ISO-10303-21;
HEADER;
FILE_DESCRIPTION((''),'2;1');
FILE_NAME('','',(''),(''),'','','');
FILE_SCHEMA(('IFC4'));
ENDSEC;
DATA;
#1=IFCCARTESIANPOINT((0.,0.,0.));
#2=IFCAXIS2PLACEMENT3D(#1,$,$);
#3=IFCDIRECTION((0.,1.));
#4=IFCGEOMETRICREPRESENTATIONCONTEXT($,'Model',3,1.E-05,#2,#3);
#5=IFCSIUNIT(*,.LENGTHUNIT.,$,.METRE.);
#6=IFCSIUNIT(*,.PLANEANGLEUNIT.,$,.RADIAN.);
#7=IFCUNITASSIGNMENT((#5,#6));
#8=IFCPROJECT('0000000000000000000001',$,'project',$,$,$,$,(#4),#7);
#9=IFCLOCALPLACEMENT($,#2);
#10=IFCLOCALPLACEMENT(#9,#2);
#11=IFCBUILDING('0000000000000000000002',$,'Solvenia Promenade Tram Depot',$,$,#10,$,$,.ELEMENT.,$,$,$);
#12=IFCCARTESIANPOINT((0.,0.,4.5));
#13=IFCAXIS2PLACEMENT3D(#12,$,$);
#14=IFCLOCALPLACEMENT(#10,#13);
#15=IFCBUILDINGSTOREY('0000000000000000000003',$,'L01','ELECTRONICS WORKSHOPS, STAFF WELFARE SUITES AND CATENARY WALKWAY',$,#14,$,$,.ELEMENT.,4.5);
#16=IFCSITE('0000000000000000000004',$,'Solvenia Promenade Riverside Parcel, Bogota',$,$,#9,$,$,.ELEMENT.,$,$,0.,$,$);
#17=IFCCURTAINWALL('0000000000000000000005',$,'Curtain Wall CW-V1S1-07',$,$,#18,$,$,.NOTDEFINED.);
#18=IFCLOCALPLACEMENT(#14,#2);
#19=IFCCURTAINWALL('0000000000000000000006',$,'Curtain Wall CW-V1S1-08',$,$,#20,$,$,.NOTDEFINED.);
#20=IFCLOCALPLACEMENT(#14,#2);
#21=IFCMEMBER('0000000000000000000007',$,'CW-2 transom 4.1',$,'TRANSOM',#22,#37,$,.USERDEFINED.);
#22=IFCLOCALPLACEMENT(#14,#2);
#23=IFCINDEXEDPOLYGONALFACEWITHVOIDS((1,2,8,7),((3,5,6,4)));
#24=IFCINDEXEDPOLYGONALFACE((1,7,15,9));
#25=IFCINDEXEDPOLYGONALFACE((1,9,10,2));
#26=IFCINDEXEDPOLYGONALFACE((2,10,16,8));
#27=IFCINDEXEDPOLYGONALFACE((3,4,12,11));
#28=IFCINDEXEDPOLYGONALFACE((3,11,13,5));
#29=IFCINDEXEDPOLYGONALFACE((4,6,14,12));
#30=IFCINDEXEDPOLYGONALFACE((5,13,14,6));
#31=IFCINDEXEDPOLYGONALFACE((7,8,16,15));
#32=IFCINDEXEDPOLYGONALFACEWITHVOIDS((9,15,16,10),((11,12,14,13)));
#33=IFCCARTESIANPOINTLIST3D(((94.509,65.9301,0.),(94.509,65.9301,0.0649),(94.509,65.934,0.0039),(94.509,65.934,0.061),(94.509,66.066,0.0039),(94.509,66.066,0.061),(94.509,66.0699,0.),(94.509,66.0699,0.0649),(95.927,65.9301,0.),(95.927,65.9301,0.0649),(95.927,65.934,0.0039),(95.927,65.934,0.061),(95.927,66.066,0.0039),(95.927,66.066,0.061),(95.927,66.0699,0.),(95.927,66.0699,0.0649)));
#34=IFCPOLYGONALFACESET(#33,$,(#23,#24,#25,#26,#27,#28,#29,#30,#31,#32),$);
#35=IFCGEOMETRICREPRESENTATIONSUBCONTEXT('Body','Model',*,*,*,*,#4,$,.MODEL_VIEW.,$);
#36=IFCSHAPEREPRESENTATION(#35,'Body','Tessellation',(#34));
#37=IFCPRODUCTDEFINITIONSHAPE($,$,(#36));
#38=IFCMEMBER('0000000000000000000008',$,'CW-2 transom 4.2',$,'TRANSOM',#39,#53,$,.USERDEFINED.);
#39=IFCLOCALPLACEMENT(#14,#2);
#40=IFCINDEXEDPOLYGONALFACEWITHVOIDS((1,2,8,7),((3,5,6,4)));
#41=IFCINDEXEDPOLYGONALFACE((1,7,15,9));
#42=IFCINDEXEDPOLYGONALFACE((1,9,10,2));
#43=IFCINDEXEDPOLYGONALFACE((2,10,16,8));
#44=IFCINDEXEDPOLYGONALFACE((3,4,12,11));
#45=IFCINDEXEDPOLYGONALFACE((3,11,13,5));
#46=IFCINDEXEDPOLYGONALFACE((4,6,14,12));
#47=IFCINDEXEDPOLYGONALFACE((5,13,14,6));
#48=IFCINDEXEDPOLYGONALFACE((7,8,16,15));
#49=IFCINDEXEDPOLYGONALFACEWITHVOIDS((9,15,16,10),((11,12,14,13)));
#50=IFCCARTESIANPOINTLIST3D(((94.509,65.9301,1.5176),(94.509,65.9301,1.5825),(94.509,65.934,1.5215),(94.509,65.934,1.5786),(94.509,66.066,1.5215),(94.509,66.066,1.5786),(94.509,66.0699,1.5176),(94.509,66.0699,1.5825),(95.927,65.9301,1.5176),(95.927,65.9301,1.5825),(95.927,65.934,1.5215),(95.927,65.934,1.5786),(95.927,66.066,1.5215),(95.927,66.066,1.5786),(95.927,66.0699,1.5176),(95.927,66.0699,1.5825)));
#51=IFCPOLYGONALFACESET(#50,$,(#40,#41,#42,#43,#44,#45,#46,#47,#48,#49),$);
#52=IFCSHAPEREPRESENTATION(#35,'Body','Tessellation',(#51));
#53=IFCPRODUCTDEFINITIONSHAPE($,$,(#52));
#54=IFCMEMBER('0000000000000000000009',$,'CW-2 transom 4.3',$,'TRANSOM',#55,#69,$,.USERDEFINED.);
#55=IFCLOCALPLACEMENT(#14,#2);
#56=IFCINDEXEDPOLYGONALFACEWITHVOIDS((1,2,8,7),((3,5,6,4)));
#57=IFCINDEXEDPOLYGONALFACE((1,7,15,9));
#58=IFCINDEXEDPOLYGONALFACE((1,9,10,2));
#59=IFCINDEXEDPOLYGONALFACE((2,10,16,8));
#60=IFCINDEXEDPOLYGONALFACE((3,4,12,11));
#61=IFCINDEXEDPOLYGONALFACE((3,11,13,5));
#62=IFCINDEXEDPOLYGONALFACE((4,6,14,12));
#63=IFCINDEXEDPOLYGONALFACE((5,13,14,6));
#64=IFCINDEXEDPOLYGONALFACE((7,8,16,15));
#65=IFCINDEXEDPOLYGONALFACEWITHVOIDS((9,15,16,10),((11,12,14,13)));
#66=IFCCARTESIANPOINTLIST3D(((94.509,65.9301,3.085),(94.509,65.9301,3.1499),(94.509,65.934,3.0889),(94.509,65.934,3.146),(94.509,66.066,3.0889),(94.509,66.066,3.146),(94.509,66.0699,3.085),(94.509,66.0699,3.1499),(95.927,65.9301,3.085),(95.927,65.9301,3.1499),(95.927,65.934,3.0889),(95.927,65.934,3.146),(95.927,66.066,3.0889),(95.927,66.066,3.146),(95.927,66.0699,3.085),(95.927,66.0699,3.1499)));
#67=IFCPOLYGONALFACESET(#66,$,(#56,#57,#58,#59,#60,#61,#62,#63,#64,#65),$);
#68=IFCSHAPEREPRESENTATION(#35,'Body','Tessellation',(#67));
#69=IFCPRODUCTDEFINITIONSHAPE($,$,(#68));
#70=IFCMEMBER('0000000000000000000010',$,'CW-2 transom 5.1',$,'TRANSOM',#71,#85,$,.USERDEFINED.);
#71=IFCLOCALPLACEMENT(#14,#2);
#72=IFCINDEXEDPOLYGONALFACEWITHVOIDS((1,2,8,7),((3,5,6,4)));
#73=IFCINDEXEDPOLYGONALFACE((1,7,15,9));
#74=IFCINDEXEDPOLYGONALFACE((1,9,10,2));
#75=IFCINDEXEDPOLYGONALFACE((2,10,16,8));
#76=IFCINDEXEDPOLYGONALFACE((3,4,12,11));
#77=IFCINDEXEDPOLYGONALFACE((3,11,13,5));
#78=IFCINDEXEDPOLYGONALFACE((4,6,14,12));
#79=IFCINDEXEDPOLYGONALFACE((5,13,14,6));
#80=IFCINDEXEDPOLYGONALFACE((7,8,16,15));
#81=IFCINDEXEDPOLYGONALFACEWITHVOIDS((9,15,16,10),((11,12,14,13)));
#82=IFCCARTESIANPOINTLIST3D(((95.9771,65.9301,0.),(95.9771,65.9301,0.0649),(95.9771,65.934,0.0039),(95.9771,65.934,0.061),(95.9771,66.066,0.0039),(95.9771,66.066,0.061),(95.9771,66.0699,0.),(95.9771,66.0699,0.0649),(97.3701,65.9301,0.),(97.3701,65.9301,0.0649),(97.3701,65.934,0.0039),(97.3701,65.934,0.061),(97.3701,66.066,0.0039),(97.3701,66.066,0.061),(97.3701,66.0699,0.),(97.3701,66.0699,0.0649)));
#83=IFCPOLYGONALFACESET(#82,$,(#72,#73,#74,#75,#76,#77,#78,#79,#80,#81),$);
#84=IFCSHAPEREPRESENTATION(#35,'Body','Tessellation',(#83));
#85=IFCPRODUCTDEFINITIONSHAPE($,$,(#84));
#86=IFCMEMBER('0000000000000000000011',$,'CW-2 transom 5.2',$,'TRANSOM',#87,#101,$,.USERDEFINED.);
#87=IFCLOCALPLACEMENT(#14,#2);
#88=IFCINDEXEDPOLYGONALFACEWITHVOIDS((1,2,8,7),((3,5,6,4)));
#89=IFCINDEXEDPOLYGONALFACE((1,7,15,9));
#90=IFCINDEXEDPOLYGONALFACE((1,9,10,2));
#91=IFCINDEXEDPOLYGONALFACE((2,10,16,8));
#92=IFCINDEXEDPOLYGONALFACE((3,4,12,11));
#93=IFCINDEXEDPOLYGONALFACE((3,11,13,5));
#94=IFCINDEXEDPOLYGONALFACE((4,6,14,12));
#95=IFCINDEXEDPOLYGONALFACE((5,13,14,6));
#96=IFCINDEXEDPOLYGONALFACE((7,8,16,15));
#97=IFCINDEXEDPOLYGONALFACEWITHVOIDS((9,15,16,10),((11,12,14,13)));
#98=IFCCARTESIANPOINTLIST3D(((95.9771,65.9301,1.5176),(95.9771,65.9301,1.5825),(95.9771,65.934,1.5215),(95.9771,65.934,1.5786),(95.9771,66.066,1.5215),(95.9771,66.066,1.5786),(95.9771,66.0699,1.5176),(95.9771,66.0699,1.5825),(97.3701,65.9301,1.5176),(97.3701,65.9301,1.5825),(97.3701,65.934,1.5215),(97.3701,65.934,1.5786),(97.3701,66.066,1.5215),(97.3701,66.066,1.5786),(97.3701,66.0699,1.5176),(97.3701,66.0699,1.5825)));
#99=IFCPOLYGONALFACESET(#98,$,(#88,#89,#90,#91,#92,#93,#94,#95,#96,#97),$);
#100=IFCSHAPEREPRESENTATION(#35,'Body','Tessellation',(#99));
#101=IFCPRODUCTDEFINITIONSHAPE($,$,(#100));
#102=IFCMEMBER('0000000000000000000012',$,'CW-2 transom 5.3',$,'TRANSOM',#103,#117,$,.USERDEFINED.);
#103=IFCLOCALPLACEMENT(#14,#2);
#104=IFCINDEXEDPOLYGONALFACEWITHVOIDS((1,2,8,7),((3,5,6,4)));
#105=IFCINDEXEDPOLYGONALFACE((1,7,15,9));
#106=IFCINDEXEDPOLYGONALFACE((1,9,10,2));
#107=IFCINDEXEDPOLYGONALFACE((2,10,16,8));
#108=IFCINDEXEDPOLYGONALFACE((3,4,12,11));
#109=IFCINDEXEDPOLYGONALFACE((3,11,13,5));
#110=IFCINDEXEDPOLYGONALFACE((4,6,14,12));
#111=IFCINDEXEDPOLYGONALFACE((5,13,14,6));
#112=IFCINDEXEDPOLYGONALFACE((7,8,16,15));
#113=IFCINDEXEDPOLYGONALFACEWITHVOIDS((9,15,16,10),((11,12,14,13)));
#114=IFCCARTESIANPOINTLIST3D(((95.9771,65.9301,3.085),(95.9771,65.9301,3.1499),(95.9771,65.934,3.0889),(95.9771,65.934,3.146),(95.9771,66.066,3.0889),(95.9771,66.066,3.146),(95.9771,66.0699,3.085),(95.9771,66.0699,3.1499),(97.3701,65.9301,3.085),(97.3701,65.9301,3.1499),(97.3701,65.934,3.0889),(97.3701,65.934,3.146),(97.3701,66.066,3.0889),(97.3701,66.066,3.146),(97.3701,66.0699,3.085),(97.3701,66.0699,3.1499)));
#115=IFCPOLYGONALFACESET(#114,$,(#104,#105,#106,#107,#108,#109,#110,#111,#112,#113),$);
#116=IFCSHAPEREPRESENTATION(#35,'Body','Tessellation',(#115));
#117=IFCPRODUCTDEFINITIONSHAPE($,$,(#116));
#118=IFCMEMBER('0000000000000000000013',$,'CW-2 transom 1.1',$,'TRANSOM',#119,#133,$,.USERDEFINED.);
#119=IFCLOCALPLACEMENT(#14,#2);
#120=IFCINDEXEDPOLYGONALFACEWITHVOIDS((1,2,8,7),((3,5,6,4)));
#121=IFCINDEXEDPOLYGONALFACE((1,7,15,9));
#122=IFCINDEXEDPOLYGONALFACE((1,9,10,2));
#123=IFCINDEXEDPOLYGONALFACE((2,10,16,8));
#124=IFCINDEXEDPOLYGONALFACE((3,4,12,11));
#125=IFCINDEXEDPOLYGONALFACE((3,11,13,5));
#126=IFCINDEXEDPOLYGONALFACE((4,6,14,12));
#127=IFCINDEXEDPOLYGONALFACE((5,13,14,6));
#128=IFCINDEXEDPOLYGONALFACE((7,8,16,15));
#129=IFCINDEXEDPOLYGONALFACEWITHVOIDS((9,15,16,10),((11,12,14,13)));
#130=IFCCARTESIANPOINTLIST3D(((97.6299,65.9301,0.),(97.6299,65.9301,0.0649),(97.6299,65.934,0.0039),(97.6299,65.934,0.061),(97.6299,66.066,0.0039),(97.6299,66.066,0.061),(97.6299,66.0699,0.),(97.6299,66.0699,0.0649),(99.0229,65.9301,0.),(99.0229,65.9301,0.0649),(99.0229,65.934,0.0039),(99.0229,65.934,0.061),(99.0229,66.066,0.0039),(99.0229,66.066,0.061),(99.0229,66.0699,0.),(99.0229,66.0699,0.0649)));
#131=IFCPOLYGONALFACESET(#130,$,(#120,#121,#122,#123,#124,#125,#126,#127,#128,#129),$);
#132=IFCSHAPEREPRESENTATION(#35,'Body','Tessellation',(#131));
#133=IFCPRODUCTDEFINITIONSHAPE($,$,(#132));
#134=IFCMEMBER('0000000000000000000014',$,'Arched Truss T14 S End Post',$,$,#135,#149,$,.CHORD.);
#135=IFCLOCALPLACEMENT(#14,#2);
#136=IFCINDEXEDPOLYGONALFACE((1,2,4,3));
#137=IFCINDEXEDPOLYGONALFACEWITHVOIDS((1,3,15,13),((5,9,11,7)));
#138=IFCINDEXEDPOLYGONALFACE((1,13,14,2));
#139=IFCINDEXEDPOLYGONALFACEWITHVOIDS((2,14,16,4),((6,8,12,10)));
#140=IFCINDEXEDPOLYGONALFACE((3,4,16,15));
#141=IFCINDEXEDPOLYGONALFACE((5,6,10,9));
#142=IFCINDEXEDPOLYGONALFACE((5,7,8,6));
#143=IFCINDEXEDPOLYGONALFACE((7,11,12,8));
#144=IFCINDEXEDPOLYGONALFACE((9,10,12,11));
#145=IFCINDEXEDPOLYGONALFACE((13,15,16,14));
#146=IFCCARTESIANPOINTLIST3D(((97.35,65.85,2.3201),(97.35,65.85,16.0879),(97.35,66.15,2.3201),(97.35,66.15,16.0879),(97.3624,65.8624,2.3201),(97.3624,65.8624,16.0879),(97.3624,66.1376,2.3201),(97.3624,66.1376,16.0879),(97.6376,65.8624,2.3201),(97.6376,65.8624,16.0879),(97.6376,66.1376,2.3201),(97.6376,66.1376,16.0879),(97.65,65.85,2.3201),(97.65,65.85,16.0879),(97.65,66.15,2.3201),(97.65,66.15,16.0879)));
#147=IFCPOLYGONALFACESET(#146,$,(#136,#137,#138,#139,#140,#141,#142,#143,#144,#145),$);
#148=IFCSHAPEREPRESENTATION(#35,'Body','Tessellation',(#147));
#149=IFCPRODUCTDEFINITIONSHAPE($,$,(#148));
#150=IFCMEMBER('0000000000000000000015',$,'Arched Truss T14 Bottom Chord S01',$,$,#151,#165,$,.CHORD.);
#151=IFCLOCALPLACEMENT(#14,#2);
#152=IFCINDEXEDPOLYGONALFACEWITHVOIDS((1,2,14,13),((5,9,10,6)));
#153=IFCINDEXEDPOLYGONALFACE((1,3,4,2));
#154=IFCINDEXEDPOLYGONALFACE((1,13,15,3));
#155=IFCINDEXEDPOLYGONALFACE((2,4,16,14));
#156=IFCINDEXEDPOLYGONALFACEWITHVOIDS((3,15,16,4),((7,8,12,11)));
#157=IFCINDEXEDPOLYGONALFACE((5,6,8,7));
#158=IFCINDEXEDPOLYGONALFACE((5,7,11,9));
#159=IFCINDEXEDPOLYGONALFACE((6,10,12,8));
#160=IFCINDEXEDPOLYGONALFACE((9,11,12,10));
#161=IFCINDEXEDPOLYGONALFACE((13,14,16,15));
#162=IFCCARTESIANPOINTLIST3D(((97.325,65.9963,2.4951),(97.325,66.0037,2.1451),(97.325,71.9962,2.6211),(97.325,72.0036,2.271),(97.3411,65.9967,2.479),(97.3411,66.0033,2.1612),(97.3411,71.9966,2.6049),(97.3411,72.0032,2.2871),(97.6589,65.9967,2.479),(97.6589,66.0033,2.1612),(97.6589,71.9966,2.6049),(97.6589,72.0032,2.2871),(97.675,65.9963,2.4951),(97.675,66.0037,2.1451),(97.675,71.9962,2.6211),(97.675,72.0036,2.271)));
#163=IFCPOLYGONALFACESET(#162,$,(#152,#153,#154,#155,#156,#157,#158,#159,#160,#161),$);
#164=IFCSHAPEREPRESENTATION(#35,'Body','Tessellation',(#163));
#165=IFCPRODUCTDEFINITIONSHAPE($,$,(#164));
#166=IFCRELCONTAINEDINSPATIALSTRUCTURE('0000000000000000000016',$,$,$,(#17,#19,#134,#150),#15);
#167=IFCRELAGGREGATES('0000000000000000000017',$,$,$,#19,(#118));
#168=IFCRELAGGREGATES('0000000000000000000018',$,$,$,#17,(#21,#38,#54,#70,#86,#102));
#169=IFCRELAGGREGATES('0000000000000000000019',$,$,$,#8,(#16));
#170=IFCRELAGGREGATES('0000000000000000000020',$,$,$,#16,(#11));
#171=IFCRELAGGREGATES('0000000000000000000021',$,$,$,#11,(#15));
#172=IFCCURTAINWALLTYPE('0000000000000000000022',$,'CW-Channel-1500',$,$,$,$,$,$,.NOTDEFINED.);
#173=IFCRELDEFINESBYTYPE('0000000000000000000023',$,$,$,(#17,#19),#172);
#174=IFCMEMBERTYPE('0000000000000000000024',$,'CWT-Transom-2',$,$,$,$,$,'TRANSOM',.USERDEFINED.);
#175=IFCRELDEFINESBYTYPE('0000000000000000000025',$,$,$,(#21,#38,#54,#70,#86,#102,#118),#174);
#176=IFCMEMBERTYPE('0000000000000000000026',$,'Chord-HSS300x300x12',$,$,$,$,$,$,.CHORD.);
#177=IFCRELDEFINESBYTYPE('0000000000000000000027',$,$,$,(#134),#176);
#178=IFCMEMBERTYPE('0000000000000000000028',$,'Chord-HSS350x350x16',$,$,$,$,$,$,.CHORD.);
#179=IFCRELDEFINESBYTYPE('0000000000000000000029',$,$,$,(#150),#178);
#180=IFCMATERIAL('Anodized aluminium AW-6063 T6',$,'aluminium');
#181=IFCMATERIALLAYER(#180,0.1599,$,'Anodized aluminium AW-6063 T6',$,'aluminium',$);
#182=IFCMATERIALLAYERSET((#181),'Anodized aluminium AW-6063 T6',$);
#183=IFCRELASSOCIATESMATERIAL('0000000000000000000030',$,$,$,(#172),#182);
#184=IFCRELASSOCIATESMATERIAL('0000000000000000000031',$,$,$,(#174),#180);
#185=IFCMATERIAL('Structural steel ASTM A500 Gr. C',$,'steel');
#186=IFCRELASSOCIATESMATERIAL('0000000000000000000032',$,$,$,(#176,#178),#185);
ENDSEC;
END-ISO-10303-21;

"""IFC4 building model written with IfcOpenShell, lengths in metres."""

from ifc_helpers import new_model, si_unit, direction, frame, origin, origin_2d, place, context, subcontext, project, spatial, hollow_rectangle, extrude, material, layer, layer_set, material_profile, profile_set, type_object, element, aggregate, save


model = new_model("IFC4")

# Units and contexts
model_context = context("Model", 3, precision=1e-05, world=origin(), true_north=direction((0.0, 1.0)))
body_context = subcontext(model_context, "Body", "Model", "MODEL_VIEW")
ifc_project = project(units=[si_unit("LENGTHUNIT", "METRE"), si_unit("PLANEANGLEUNIT", "RADIAN")], contexts=[model_context])

# Site, building, storey
site_placement = place(None, origin())
site = spatial("IfcSite", under=ifc_project, at=site_placement, Name="Solvenia Promenade Riverside Parcel, Bogota", CompositionType="ELEMENT", RefElevation=0.0)
building_placement = place(site_placement, origin())
building = spatial("IfcBuilding", under=site, at=building_placement, Name="Solvenia Promenade Tram Depot", CompositionType="ELEMENT")
storey_placement = place(building_placement, frame((0.0, 0.0, 4.5)))
storey = spatial("IfcBuildingStorey", under=building, at=storey_placement, Name="L01", Description="ELECTRONICS WORKSHOPS, STAFF WELFARE SUITES AND CATENARY WALKWAY", CompositionType="ELEMENT", Elevation=4.5)

# Shared definitions
ifc_material_1 = material(Name="Structural steel ASTM A500 Gr. C", Category="steel")

# Curtain wall
ifc_material_2 = material(Name="Anodized aluminium AW-6063 T6", Category="aluminium")
ifc_layer_1 = layer(ifc_material_2, 0.1599, Name="Anodized aluminium AW-6063 T6", Category="aluminium")
ifc_layer_set_1 = layer_set([ifc_layer_1], Name="Anodized aluminium AW-6063 T6")
curtain_wall_type = type_object("IfcCurtainWallType", Name="CW-Channel-1500", PredefinedType="NOTDEFINED", material=ifc_layer_set_1)
curtain_wall_1_placement = place(storey_placement, origin())
curtain_wall_1 = element("IfcCurtainWall", 1, at=curtain_wall_1_placement, inside=storey, type_object=curtain_wall_type, Name="Curtain Wall CW-V1S1-07", PredefinedType="NOTDEFINED")

# Curtain wall
curtain_wall_2_placement = place(storey_placement, origin())
curtain_wall_2 = element("IfcCurtainWall", 2, at=curtain_wall_2_placement, inside=storey, type_object=curtain_wall_type, Name="Curtain Wall CW-V1S1-08", PredefinedType="NOTDEFINED")

# Members
ifc_material_profile_1 = material_profile(ifc_material_2, hollow_rectangle(XDim=0.1399, YDim=0.0649, WallThickness=0.0039, at=origin_2d()), Name="ALU-T2", Category="aluminium")
ifc_profile_set_1 = profile_set([ifc_material_profile_1], Name="Anodized aluminium AW-6063 T6")
member_type_1 = type_object("IfcMemberType", Name="CWT-Transom-2", ElementType="TRANSOM", PredefinedType="USERDEFINED", material=ifc_profile_set_1)
member_1_placement = place(storey_placement, frame((94.509, 66.0, 0.0325), z_axis=(1.0, 0.0, 0.0), x_axis=(0.0, 1.0, 0.0)))
member_1 = element("IfcMember", 3, at=member_1_placement, type_object=member_type_1, Name="CW-2 transom 4.1", ObjectType="TRANSOM", PredefinedType="USERDEFINED", context=body_context, shape_type="SweptSolid", body=[
    extrude(hollow_rectangle(XDim=0.1399, YDim=0.0649, WallThickness=0.0039, at=origin_2d()), origin(), (0.0, 0.0, 1.0), 1.418),
])
member_2_placement = place(storey_placement, frame((94.509, 66.0, 1.55), z_axis=(1.0, 0.0, 0.0), x_axis=(0.0, 1.0, 0.0)))
member_2 = element("IfcMember", 4, at=member_2_placement, type_object=member_type_1, Name="CW-2 transom 4.2", ObjectType="TRANSOM", PredefinedType="USERDEFINED", context=body_context, shape_type="SweptSolid", body=[
    extrude(hollow_rectangle(XDim=0.1399, YDim=0.0649, WallThickness=0.0039, at=origin_2d()), origin(), (0.0, 0.0, 1.0), 1.418),
])
member_3_placement = place(storey_placement, frame((94.509, 66.0, 3.1174), z_axis=(1.0, 0.0, 0.0), x_axis=(0.0, 1.0, 0.0)))
member_3 = element("IfcMember", 5, at=member_3_placement, type_object=member_type_1, Name="CW-2 transom 4.3", ObjectType="TRANSOM", PredefinedType="USERDEFINED", context=body_context, shape_type="SweptSolid", body=[
    extrude(hollow_rectangle(XDim=0.1399, YDim=0.0649, WallThickness=0.0039, at=origin_2d()), origin(), (0.0, 0.0, 1.0), 1.418),
])
member_4_placement = place(storey_placement, frame((95.9771, 66.0, 0.0325), z_axis=(1.0, 0.0, 0.0), x_axis=(0.0, 1.0, 0.0)))
member_4 = element("IfcMember", 6, at=member_4_placement, type_object=member_type_1, Name="CW-2 transom 5.1", ObjectType="TRANSOM", PredefinedType="USERDEFINED", context=body_context, shape_type="SweptSolid", body=[
    extrude(hollow_rectangle(XDim=0.1399, YDim=0.0649, WallThickness=0.0039, at=origin_2d()), origin(), (0.0, 0.0, 1.0), 1.3931),
])
member_5_placement = place(storey_placement, frame((95.9771, 66.0, 1.55), z_axis=(1.0, 0.0, 0.0), x_axis=(0.0, 1.0, 0.0)))
member_5 = element("IfcMember", 7, at=member_5_placement, type_object=member_type_1, Name="CW-2 transom 5.2", ObjectType="TRANSOM", PredefinedType="USERDEFINED", context=body_context, shape_type="SweptSolid", body=[
    extrude(hollow_rectangle(XDim=0.1399, YDim=0.0649, WallThickness=0.0039, at=origin_2d()), origin(), (0.0, 0.0, 1.0), 1.3931),
])
member_6_placement = place(storey_placement, frame((95.9771, 66.0, 3.1174), z_axis=(1.0, 0.0, 0.0), x_axis=(0.0, 1.0, 0.0)))
member_6 = element("IfcMember", 8, at=member_6_placement, type_object=member_type_1, Name="CW-2 transom 5.3", ObjectType="TRANSOM", PredefinedType="USERDEFINED", context=body_context, shape_type="SweptSolid", body=[
    extrude(hollow_rectangle(XDim=0.1399, YDim=0.0649, WallThickness=0.0039, at=origin_2d()), origin(), (0.0, 0.0, 1.0), 1.3931),
])
member_7_placement = place(storey_placement, frame((97.6299, 66.0, 0.0325), z_axis=(1.0, 0.0, 0.0), x_axis=(0.0, 1.0, 0.0)))
member_7 = element("IfcMember", 9, at=member_7_placement, type_object=member_type_1, Name="CW-2 transom 1.1", ObjectType="TRANSOM", PredefinedType="USERDEFINED", context=body_context, shape_type="SweptSolid", body=[
    extrude(hollow_rectangle(XDim=0.1399, YDim=0.0649, WallThickness=0.0039, at=origin_2d()), origin(), (0.0, 0.0, 1.0), 1.3931),
])
aggregate(curtain_wall_2, [member_7])

# Members
ifc_material_profile_2 = material_profile(ifc_material_1, hollow_rectangle(XDim=0.3, YDim=0.3, WallThickness=0.0125, at=origin_2d()), Name="HSS300x300x12.5", Category="steel")
ifc_profile_set_2 = profile_set([ifc_material_profile_2], Name="Structural steel ASTM A500 Gr. C")
member_type_2 = type_object("IfcMemberType", Name="Chord-HSS300x300x12", PredefinedType="CHORD", material=ifc_profile_set_2)
member_8_placement = place(storey_placement, frame((97.5, 66.0, 2.3201), z_axis=(0.0, 0.0, 1.0), x_axis=(1.0, 0.0, 0.0)))
element("IfcMember", 10, at=member_8_placement, inside=storey, type_object=member_type_2, Name="Arched Truss T14 S End Post", PredefinedType="CHORD", context=body_context, shape_type="SweptSolid", body=[
    extrude(hollow_rectangle(XDim=0.3, YDim=0.3, WallThickness=0.0125, at=origin_2d()), origin(), (0.0, 0.0, 1.0), 13.7678),
])
ifc_material_profile_3 = material_profile(ifc_material_1, hollow_rectangle(XDim=0.3501, YDim=0.3501, WallThickness=0.0161, at=origin_2d()), Name="HSS350x350x16", Category="steel")
ifc_profile_set_3 = profile_set([ifc_material_profile_3], Name="Structural steel ASTM A500 Gr. C")
member_type_3 = type_object("IfcMemberType", Name="Chord-HSS350x350x16", PredefinedType="CHORD", material=ifc_profile_set_3)
member_9_placement = place(storey_placement, frame((97.5, 66.0, 2.3201), z_axis=(0.0, 0.99978, 0.020991), x_axis=(-1.0, 0.0, 0.0)))
element("IfcMember", 11, at=member_9_placement, inside=storey, type_object=member_type_3, Name="Arched Truss T14 Bottom Chord S01", PredefinedType="CHORD", context=body_context, shape_type="SweptSolid", body=[
    extrude(hollow_rectangle(XDim=0.3501, YDim=0.3501, WallThickness=0.0161, at=origin_2d()), origin(), (0.0, 0.0, 1.0), 6.0012),
])

aggregate(curtain_wall_1, [member_1, member_2, member_3, member_4, member_5, member_6])

save(model, "model.ifc")
